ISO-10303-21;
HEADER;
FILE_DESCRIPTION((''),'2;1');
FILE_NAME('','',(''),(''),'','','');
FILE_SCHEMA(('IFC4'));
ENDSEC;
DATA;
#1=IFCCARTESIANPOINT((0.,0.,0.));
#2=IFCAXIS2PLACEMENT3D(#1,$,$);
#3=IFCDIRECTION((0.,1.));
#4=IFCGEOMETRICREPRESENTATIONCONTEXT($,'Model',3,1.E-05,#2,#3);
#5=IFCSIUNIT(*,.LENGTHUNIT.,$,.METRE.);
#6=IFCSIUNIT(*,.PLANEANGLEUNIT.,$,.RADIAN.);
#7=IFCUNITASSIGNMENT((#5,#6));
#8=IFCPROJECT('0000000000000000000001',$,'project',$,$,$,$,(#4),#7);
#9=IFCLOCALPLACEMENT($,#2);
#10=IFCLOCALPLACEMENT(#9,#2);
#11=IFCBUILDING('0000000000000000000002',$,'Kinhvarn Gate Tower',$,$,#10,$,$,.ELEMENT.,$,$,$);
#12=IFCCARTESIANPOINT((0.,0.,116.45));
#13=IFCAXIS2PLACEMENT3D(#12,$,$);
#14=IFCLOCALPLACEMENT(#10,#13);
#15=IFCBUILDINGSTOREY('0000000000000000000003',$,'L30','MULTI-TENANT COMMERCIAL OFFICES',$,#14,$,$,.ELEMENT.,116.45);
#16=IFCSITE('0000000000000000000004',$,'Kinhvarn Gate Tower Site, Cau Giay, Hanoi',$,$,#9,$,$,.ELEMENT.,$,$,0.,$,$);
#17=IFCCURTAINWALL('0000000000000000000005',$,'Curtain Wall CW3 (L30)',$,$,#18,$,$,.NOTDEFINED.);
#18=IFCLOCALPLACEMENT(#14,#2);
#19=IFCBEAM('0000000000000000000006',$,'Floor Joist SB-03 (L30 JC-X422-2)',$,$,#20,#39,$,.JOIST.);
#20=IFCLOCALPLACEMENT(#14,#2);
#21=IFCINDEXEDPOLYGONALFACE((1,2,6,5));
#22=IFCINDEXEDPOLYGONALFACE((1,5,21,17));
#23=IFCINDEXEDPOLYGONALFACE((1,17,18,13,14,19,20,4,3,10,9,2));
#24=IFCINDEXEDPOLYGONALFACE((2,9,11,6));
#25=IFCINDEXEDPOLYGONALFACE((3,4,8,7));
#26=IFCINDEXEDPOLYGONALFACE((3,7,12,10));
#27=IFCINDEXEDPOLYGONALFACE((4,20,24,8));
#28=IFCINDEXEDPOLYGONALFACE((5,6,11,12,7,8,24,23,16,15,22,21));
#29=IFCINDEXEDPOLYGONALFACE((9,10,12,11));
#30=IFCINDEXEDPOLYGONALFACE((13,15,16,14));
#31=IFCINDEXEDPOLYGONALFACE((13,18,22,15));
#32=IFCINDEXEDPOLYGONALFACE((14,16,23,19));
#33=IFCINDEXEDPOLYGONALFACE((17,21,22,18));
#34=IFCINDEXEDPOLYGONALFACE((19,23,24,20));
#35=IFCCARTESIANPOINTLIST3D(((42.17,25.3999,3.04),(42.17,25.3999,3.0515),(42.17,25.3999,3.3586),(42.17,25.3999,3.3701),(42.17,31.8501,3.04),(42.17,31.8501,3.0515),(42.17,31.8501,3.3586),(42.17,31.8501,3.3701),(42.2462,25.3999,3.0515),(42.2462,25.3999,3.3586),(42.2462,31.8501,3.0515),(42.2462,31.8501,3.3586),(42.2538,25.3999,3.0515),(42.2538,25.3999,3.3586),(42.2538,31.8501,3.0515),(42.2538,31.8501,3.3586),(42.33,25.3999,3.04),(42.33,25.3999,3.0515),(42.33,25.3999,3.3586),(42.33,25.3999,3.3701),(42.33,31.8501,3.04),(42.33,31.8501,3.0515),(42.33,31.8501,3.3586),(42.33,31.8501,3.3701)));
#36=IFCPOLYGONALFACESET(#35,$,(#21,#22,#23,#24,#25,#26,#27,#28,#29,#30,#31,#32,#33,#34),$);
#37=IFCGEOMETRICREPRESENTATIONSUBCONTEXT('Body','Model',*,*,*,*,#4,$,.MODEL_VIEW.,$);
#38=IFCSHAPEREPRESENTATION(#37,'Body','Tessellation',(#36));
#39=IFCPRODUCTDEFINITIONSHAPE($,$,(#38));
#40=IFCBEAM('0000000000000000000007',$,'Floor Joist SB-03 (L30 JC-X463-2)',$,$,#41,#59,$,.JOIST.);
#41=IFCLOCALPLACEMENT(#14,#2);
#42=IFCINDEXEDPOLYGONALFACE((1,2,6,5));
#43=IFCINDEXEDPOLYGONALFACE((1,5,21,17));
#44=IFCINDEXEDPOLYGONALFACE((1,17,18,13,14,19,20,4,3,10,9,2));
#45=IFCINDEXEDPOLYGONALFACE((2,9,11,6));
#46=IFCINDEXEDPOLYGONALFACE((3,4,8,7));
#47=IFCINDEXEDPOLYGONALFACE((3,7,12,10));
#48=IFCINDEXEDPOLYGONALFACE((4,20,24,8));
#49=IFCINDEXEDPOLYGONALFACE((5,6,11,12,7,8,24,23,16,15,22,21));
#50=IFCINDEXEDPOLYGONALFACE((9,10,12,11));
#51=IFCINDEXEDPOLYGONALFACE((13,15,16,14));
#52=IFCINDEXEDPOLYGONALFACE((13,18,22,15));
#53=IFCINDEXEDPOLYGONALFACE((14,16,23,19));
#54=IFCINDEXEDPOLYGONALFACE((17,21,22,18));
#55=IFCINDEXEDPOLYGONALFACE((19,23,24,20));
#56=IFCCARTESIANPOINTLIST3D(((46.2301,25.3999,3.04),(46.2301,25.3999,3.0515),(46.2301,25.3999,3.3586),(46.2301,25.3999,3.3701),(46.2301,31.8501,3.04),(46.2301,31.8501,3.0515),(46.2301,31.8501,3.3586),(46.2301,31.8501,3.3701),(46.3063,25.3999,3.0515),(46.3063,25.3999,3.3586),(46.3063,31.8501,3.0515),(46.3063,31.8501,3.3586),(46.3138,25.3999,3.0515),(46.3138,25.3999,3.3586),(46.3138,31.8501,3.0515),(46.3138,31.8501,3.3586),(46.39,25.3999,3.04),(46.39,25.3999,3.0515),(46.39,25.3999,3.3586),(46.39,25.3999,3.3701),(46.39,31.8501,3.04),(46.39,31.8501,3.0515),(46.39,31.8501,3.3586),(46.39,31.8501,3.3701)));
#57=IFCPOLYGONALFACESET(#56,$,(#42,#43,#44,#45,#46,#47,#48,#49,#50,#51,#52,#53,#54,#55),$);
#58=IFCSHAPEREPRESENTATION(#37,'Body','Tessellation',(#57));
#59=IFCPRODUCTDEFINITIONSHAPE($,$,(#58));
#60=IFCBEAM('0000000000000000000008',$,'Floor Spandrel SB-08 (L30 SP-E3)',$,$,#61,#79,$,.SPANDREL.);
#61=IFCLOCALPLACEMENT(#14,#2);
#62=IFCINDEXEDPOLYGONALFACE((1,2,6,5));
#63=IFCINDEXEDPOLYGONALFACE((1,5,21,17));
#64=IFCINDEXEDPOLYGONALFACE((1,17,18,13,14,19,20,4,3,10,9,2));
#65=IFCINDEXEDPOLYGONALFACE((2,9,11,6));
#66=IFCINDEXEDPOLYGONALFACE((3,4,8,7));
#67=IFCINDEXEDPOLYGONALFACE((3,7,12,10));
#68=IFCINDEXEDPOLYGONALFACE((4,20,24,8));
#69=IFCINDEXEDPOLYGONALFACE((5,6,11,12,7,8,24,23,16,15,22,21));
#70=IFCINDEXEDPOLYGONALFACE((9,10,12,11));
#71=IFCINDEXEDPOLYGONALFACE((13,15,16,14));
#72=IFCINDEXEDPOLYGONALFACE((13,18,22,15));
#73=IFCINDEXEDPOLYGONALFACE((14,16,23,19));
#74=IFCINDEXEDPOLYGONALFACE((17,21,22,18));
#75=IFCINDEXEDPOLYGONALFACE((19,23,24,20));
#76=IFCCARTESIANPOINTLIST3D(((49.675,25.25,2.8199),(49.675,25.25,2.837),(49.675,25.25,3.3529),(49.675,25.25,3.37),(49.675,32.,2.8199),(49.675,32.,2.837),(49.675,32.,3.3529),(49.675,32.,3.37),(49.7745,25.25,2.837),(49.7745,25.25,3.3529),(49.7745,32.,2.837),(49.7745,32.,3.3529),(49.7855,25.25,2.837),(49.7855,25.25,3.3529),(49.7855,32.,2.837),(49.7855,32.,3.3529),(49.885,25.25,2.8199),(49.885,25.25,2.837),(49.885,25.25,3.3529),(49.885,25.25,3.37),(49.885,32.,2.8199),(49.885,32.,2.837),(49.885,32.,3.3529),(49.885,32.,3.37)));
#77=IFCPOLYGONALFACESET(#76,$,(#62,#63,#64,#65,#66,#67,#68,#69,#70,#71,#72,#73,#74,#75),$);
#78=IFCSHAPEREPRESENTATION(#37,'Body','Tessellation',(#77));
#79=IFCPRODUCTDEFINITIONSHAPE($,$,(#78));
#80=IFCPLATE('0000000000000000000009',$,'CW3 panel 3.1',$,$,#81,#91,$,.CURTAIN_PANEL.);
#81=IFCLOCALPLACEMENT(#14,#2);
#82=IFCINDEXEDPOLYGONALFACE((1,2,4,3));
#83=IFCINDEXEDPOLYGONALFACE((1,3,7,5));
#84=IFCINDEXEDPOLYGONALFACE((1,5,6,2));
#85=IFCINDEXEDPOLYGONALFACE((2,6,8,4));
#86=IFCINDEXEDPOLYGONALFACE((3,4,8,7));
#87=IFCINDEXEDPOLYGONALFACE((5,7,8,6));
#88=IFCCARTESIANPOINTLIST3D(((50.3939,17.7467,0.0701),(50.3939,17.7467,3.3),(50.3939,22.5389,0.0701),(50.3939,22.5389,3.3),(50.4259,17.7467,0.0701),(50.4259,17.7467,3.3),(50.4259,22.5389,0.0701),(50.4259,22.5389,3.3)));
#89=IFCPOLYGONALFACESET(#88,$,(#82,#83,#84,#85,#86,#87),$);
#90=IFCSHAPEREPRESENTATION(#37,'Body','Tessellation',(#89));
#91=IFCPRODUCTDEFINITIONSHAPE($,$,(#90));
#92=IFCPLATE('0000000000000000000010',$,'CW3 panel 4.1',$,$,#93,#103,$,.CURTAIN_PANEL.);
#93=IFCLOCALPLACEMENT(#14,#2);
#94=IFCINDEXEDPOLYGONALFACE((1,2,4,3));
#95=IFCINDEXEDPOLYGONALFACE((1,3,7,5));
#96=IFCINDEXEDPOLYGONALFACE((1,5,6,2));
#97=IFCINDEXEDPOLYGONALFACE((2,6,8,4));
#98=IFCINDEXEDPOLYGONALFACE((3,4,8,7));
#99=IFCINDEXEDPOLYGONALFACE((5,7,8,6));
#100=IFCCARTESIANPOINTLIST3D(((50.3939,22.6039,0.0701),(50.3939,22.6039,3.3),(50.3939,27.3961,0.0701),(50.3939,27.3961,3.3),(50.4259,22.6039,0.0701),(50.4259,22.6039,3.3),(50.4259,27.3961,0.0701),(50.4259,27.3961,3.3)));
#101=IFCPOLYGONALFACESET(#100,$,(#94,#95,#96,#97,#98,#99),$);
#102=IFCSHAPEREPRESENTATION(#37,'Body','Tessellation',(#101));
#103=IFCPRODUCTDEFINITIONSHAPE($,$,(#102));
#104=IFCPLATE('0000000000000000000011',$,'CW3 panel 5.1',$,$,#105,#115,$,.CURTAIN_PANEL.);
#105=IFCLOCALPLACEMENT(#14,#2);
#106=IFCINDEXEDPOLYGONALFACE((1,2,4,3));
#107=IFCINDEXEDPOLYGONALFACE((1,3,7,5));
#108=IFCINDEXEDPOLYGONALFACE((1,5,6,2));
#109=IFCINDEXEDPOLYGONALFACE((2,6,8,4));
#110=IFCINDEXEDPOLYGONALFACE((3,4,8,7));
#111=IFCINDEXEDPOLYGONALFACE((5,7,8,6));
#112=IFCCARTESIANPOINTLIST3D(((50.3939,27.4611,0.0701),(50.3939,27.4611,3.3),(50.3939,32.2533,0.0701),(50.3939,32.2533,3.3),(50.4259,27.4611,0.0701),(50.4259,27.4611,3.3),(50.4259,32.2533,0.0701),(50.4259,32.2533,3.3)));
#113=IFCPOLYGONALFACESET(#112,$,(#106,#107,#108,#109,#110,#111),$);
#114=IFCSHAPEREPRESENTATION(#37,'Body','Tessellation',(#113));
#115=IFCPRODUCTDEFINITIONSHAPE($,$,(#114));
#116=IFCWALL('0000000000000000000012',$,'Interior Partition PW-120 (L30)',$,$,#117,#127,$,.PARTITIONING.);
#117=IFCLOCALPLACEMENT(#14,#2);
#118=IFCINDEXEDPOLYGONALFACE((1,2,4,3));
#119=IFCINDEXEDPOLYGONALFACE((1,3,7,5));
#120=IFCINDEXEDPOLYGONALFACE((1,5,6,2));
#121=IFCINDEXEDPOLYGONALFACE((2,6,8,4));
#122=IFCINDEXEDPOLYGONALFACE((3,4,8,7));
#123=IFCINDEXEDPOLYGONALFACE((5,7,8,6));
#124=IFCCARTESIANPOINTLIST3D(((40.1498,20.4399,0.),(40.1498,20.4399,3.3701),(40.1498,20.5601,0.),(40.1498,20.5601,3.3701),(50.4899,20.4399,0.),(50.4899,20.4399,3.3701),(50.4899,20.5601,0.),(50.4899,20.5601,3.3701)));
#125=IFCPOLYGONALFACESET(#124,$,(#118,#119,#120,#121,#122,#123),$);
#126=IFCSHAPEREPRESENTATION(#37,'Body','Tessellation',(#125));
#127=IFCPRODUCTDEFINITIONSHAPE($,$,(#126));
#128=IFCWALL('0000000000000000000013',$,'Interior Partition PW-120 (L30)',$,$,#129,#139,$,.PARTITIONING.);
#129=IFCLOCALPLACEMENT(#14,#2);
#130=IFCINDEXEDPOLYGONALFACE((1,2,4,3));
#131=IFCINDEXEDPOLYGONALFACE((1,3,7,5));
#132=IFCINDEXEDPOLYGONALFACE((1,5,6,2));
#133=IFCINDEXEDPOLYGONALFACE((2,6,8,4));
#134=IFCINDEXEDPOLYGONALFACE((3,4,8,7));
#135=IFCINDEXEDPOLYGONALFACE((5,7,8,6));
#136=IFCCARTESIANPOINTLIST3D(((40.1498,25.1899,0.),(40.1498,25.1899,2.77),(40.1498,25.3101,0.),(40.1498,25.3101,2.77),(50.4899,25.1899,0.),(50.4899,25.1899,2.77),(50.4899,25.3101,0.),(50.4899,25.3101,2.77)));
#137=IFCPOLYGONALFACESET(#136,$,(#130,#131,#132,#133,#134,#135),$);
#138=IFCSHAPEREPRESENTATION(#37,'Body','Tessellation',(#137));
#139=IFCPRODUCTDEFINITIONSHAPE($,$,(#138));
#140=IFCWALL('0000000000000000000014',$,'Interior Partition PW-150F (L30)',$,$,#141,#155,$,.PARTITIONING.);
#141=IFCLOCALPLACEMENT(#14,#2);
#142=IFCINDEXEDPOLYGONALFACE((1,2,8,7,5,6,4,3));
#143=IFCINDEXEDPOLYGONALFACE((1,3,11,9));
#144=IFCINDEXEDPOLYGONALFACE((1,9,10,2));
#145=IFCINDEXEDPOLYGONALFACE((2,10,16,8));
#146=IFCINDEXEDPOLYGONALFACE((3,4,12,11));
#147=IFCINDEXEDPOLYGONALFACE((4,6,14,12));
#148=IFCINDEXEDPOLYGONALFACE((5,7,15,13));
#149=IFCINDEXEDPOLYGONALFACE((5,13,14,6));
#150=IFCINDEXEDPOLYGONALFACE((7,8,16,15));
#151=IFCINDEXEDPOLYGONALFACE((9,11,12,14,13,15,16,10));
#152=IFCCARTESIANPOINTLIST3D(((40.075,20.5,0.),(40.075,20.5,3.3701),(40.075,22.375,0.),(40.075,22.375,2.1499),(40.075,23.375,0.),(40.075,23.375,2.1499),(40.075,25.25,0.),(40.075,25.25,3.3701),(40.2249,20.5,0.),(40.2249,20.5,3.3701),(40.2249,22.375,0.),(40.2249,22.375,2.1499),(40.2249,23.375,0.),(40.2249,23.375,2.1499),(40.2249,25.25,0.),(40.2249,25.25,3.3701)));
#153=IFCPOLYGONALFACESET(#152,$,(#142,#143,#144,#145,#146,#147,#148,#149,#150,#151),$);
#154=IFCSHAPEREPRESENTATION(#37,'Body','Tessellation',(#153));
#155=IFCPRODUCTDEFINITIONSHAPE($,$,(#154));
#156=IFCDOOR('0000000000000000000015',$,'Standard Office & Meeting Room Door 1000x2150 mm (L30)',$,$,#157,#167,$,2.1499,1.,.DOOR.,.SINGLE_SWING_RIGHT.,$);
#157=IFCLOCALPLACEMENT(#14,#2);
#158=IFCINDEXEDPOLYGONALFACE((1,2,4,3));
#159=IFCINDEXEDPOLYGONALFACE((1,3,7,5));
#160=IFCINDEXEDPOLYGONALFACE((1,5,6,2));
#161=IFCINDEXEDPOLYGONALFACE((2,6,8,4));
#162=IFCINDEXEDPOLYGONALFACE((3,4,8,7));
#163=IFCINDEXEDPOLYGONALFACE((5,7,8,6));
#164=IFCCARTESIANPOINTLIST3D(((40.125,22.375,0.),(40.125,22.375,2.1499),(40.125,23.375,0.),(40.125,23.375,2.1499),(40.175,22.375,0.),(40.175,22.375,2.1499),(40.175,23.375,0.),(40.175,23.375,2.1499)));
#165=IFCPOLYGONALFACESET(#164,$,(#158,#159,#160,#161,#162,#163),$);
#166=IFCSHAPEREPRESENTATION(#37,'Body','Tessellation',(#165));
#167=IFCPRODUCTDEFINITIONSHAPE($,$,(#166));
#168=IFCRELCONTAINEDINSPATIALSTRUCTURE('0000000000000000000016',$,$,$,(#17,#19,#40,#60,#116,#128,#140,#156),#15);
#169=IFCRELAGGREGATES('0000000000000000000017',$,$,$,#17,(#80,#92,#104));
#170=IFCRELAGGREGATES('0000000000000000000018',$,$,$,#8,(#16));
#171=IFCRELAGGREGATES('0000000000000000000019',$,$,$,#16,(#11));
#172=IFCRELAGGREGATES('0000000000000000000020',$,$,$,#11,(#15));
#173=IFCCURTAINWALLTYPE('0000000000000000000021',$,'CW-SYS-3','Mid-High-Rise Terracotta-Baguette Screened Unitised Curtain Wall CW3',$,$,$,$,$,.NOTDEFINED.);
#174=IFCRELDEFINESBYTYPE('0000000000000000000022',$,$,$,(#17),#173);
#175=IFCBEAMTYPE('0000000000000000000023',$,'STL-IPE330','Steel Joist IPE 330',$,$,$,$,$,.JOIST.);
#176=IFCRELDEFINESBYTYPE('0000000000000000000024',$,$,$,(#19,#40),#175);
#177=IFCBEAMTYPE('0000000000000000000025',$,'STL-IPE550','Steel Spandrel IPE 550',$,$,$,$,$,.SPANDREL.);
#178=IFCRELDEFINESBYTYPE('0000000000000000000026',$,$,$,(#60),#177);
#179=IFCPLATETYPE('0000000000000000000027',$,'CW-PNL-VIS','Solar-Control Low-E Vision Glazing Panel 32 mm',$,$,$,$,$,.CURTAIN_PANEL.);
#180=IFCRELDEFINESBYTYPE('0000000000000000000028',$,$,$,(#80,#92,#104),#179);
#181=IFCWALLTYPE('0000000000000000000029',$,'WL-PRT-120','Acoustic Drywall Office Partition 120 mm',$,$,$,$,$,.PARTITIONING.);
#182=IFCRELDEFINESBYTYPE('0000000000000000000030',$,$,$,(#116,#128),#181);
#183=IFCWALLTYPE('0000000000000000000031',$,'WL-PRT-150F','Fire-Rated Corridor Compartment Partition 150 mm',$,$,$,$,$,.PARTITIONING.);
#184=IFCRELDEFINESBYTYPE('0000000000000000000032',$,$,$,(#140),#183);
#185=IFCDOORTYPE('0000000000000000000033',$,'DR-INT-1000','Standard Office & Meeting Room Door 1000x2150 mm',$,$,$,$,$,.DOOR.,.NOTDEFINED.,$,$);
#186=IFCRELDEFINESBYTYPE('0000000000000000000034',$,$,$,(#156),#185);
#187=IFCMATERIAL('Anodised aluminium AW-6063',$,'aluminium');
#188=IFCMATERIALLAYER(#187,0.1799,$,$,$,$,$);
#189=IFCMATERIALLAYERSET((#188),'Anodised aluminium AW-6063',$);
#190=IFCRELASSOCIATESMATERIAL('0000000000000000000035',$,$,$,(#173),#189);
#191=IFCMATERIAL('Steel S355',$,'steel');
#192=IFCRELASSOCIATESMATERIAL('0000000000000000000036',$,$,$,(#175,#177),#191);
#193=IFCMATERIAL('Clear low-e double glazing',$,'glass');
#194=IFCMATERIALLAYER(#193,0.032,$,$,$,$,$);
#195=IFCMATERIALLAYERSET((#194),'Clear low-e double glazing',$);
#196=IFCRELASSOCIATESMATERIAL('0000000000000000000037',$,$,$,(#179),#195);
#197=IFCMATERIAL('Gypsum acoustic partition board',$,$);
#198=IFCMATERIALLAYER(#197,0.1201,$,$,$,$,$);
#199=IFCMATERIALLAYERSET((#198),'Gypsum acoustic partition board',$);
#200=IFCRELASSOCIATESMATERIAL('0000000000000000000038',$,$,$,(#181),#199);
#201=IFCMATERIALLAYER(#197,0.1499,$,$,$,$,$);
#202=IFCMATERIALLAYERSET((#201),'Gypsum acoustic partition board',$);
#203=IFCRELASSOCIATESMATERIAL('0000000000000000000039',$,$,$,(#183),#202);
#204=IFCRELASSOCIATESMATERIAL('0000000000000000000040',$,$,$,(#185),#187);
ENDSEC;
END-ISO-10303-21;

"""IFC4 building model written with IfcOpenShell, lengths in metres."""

from ifc_helpers import new_model, si_unit, direction, frame, frame_2d, origin, origin_2d, place, context, subcontext, project, spatial, rectangle, i_section, extrude, material, layer, layer_set, material_profile, profile_set, type_object, element, fill, aggregate, save


model = new_model("IFC4")

# Units and contexts
model_context = context("Model", 3, precision=1e-05, world=origin(), true_north=direction((0.0, 1.0)))
body_context = subcontext(model_context, "Body", "Model", "MODEL_VIEW")
ifc_project = project(units=[si_unit("LENGTHUNIT", "METRE"), si_unit("PLANEANGLEUNIT", "RADIAN")], contexts=[model_context])

# Site, building, storey
site_placement = place(None, origin())
site = spatial("IfcSite", under=ifc_project, at=site_placement, Name="Kinhvarn Gate Tower Site, Cau Giay, Hanoi", CompositionType="ELEMENT", RefElevation=0.0)
building_placement = place(site_placement, origin())
building = spatial("IfcBuilding", under=site, at=building_placement, Name="Kinhvarn Gate Tower", CompositionType="ELEMENT")
storey_placement = place(building_placement, frame((0.0, 0.0, 116.45)))
storey = spatial("IfcBuildingStorey", under=building, at=storey_placement, Name="L30", Description="MULTI-TENANT COMMERCIAL OFFICES", CompositionType="ELEMENT", Elevation=116.45)

# Curtain wall
ifc_material_1 = material(Name="Anodised aluminium AW-6063", Category="aluminium")
ifc_layer_1 = layer(ifc_material_1, 0.1799)
ifc_layer_set_1 = layer_set([ifc_layer_1], Name="Anodised aluminium AW-6063")
curtain_wall_type = type_object("IfcCurtainWallType", Name="CW-SYS-3", Description="Mid-High-Rise Terracotta-Baguette Screened Unitised Curtain Wall CW3", PredefinedType="NOTDEFINED", material=ifc_layer_set_1)
curtain_wall_placement = place(storey_placement, origin())
curtain_wall = element("IfcCurtainWall", 1, at=curtain_wall_placement, inside=storey, type_object=curtain_wall_type, Name="Curtain Wall CW3 (L30)", PredefinedType="NOTDEFINED")

# Beams
ifc_material_2 = material(Name="Steel S355", Category="steel")
ifc_material_profile_1 = material_profile(ifc_material_2, i_section(OverallWidth=0.1599, OverallDepth=0.3301, WebThickness=0.0076, FlangeThickness=0.0115, at=origin_2d()), Name="IPE 330")
ifc_profile_set_1 = profile_set([ifc_material_profile_1], Name="Steel S355")
beam_type_1 = type_object("IfcBeamType", Name="STL-IPE330", Description="Steel Joist IPE 330", PredefinedType="JOIST", material=ifc_profile_set_1)
for number, where, z_axis, x_axis, name in (
    (2, (42.25, 25.3999, 3.2051), (0.0, 1.0, 0.0), (-1.0, 0.0, 0.0), "Floor Joist SB-03 (L30 JC-X422-2)"),
    (3, (46.3101, 25.3999, 3.2051), (0.0, 1.0, 0.0), (-1.0, 0.0, 0.0), "Floor Joist SB-03 (L30 JC-X463-2)"),
):
    element("IfcBeam", number, at=place(storey_placement, frame(where, z_axis=z_axis, x_axis=x_axis)), inside=storey, type_object=beam_type_1, Name=name, PredefinedType="JOIST", context=body_context, shape_type="SweptSolid", body=[
        extrude(i_section(OverallWidth=0.1599, OverallDepth=0.3301, WebThickness=0.0076, FlangeThickness=0.0115, at=origin_2d()), origin(), (0.0, 0.0, 1.0), 6.4502),
    ])
ifc_material_profile_2 = material_profile(ifc_material_2, i_section(OverallWidth=0.21, OverallDepth=0.55, WebThickness=0.011, FlangeThickness=0.0171, at=origin_2d()), Name="IPE 550")
ifc_profile_set_2 = profile_set([ifc_material_profile_2], Name="Steel S355")
beam_type_2 = type_object("IfcBeamType", Name="STL-IPE550", Description="Steel Spandrel IPE 550", PredefinedType="SPANDREL", material=ifc_profile_set_2)
beam_1_placement = place(storey_placement, frame((49.78, 25.25, 3.095), z_axis=(0.0, 1.0, 0.0), x_axis=(-1.0, 0.0, 0.0)))
element("IfcBeam", 4, at=beam_1_placement, inside=storey, type_object=beam_type_2, Name="Floor Spandrel SB-08 (L30 SP-E3)", PredefinedType="SPANDREL", context=body_context, shape_type="SweptSolid", body=[
    extrude(i_section(OverallWidth=0.21, OverallDepth=0.55, WebThickness=0.011, FlangeThickness=0.0171, at=origin_2d()), origin(), (0.0, 0.0, 1.0), 6.75),
])

# Plates
ifc_material_3 = material(Name="Clear low-e double glazing", Category="glass")
ifc_layer_2 = layer(ifc_material_3, 0.032)
ifc_layer_set_2 = layer_set([ifc_layer_2], Name="Clear low-e double glazing")
plate_type = type_object("IfcPlateType", Name="CW-PNL-VIS", Description="Solar-Control Low-E Vision Glazing Panel 32 mm", PredefinedType="CURTAIN_PANEL", material=ifc_layer_set_2)
plate_1_placement = place(storey_placement, frame((50.4099, 20.1428, 0.0701), z_axis=(0.0, 0.0, 1.0), x_axis=(0.0, 1.0, 0.0)))
plate_1 = element("IfcPlate", 5, at=plate_1_placement, type_object=plate_type, Name="CW3 panel 3.1", PredefinedType="CURTAIN_PANEL", context=body_context, shape_type="SweptSolid", body=[
    extrude(rectangle(XDim=4.7922, YDim=0.032, at=origin_2d()), origin(), (0.0, 0.0, 1.0), 3.23),
])
plate_2_placement = place(storey_placement, frame((50.4099, 25.0, 0.0701), z_axis=(0.0, 0.0, 1.0), x_axis=(0.0, 1.0, 0.0)))
plate_2 = element("IfcPlate", 6, at=plate_2_placement, type_object=plate_type, Name="CW3 panel 4.1", PredefinedType="CURTAIN_PANEL", context=body_context, shape_type="SweptSolid", body=[
    extrude(rectangle(XDim=4.7922, YDim=0.032, at=origin_2d()), origin(), (0.0, 0.0, 1.0), 3.23),
])
plate_3_placement = place(storey_placement, frame((50.4099, 29.8572, 0.0701), z_axis=(0.0, 0.0, 1.0), x_axis=(0.0, 1.0, 0.0)))
plate_3 = element("IfcPlate", 7, at=plate_3_placement, type_object=plate_type, Name="CW3 panel 5.1", PredefinedType="CURTAIN_PANEL", context=body_context, shape_type="SweptSolid", body=[
    extrude(rectangle(XDim=4.7922, YDim=0.032, at=origin_2d()), origin(), (0.0, 0.0, 1.0), 3.23),
])
aggregate(curtain_wall, [plate_1, plate_2, plate_3])

# Walls
ifc_material_4 = material(Name="Gypsum acoustic partition board")
ifc_layer_3 = layer(ifc_material_4, 0.1201)
ifc_layer_set_3 = layer_set([ifc_layer_3], Name="Gypsum acoustic partition board")
wall_type_1 = type_object("IfcWallType", Name="WL-PRT-120", Description="Acoustic Drywall Office Partition 120 mm", PredefinedType="PARTITIONING", material=ifc_layer_set_3)
wall_1_placement = place(storey_placement, frame((40.1499, 20.5, 0.0), z_axis=(0.0, 0.0, 1.0), x_axis=(1.0, 0.0, 0.0)))
element("IfcWall", 8, at=wall_1_placement, inside=storey, type_object=wall_type_1, Name="Interior Partition PW-120 (L30)", PredefinedType="PARTITIONING", context=body_context, shape_type="SweptSolid", body=[
    extrude(rectangle(XDim=10.3401, YDim=0.1201, at=frame_2d((5.1699, 0.0))), origin(), (0.0, 0.0, 1.0), 3.3701),
])
wall_2_placement = place(storey_placement, frame((40.1499, 25.25, 0.0), z_axis=(0.0, 0.0, 1.0), x_axis=(1.0, 0.0, 0.0)))
element("IfcWall", 9, at=wall_2_placement, inside=storey, type_object=wall_type_1, Name="Interior Partition PW-120 (L30)", PredefinedType="PARTITIONING", context=body_context, shape_type="SweptSolid", body=[
    extrude(rectangle(XDim=10.3401, YDim=0.1201, at=frame_2d((5.1699, 0.0))), origin(), (0.0, 0.0, 1.0), 2.77),
])

# Wall, opening, door
ifc_layer_4 = layer(ifc_material_4, 0.1499)
ifc_layer_set_4 = layer_set([ifc_layer_4], Name="Gypsum acoustic partition board")
wall_type_2 = type_object("IfcWallType", Name="WL-PRT-150F", Description="Fire-Rated Corridor Compartment Partition 150 mm", PredefinedType="PARTITIONING", material=ifc_layer_set_4)
wall_3_placement = place(storey_placement, frame((40.1499, 20.5, 0.0), z_axis=(0.0, 0.0, 1.0), x_axis=(0.0, 1.0, 0.0)))
wall_3 = element("IfcWall", 10, at=wall_3_placement, inside=storey, type_object=wall_type_2, Name="Interior Partition PW-150F (L30)", PredefinedType="PARTITIONING", context=body_context, shape_type="SweptSolid", body=[
    extrude(rectangle(XDim=4.75, YDim=0.1499, at=frame_2d((2.375, 0.0))), origin(), (0.0, 0.0, 1.0), 3.3701),
])
opening_1_placement = place(wall_3_placement, frame((1.875, 0.0, 0.0)))
opening_1 = element("IfcOpeningElement", 11, at=opening_1_placement, cuts=wall_3, PredefinedType="OPENING", context=body_context, shape_type="SweptSolid", body=[
    extrude(rectangle(XDim=1.0, YDim=2.1499, at=frame_2d((0.5, 1.075))), frame((0.0, 0.085, 0.0), z_axis=(0.0, -1.0, 0.0), x_axis=(1.0, 0.0, 0.0)), (0.0, 0.0, 1.0), 0.1699),
])
door_type = type_object("IfcDoorType", Name="DR-INT-1000", Description="Standard Office & Meeting Room Door 1000x2150 mm", OperationType="NOTDEFINED", PredefinedType="DOOR", material=ifc_material_1)
door_1_placement = place(opening_1_placement, origin())
door_1 = element("IfcDoor", 12, at=door_1_placement, inside=storey, type_object=door_type, Name="Standard Office & Meeting Room Door 1000x2150 mm (L30)", OperationType="SINGLE_SWING_RIGHT", OverallHeight=2.1499, OverallWidth=1.0, PredefinedType="DOOR", context=body_context, shape_type="SweptSolid", body=[
    extrude(rectangle(XDim=1.0, YDim=2.1499, at=frame_2d((0.5, 1.075))), frame((0.0, 0.0249, 0.0), z_axis=(0.0, -1.0, 0.0), x_axis=(1.0, 0.0, 0.0)), (0.0, 0.0, 1.0), 0.05),
])
fill(opening_1, door_1)

save(model, "model.ifc")
